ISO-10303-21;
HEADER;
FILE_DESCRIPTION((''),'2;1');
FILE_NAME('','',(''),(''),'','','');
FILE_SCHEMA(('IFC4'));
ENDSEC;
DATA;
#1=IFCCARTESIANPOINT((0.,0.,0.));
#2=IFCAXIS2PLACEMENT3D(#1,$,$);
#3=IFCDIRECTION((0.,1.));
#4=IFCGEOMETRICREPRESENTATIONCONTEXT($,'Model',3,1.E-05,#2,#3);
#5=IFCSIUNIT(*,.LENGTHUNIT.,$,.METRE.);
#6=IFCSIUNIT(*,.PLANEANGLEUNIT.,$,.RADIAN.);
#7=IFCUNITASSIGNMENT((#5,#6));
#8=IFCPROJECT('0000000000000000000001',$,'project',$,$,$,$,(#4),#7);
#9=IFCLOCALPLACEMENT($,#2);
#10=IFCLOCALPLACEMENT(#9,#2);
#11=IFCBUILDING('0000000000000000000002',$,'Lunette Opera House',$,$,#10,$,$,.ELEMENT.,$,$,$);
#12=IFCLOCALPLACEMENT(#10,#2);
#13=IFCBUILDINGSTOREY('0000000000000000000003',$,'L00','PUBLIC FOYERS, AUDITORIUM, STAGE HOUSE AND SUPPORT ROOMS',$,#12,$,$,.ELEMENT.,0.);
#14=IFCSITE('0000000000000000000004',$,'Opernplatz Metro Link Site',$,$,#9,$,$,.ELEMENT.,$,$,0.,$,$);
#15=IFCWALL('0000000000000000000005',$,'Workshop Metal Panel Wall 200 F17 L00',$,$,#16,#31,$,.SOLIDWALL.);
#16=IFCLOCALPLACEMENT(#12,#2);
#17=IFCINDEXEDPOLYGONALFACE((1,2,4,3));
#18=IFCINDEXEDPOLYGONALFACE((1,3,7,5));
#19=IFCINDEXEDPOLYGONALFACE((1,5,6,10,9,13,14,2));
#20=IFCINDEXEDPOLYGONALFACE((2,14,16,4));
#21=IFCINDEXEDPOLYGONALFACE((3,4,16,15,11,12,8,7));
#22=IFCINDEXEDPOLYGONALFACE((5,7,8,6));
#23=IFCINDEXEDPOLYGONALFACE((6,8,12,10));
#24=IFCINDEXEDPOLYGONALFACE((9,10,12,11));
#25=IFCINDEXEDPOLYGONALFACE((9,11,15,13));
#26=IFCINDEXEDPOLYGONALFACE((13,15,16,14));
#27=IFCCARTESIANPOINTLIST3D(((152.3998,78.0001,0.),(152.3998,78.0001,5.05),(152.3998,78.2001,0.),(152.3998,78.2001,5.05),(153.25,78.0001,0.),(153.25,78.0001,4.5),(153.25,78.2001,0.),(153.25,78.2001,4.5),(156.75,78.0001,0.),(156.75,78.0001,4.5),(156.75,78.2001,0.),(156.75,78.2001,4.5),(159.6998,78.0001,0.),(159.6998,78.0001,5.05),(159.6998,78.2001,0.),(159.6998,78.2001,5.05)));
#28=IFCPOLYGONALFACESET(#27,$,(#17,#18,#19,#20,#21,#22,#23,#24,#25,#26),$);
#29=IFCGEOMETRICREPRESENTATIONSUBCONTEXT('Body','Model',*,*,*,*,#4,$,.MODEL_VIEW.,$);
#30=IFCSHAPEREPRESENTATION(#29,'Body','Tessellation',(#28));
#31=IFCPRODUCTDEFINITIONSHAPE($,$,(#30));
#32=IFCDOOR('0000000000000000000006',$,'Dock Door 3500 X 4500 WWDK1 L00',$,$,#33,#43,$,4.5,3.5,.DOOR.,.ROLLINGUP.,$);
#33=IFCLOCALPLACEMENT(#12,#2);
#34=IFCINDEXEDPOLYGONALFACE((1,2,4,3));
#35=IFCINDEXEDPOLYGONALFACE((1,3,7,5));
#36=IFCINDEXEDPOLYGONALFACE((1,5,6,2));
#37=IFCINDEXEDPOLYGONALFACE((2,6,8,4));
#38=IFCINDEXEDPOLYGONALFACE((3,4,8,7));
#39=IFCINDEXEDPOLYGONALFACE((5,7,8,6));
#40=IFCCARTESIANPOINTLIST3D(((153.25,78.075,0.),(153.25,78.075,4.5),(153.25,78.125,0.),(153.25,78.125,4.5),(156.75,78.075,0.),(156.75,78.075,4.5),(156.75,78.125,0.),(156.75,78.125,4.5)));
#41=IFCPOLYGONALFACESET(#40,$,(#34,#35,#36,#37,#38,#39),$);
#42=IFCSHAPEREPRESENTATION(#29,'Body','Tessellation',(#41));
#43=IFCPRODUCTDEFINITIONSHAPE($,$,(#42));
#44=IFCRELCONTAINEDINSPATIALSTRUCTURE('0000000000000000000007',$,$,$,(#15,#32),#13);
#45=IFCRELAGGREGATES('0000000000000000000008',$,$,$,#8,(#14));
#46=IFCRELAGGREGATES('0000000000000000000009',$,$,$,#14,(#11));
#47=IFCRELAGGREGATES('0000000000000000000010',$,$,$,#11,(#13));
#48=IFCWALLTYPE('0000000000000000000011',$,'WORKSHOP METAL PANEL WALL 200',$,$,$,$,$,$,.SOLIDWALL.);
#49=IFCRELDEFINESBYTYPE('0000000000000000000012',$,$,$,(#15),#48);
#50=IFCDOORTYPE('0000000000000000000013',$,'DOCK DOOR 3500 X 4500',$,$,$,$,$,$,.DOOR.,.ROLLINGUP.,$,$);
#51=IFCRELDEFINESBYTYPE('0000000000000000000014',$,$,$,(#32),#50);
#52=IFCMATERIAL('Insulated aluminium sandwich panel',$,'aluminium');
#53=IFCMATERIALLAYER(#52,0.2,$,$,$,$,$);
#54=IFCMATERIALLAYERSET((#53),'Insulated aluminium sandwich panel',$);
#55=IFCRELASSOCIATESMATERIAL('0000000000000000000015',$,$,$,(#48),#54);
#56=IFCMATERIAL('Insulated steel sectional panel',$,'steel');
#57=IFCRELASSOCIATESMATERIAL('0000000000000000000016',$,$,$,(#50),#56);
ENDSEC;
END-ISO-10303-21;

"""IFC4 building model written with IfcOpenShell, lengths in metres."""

from ifc_helpers import new_model, si_unit, direction, frame, frame_2d, origin, place, context, subcontext, project, spatial, rectangle, extrude, material, layer, layer_set, type_object, element, fill, save


model = new_model("IFC4")

# Units and contexts
model_context = context("Model", 3, precision=1e-05, world=origin(), true_north=direction((0.0, 1.0)))
body_context = subcontext(model_context, "Body", "Model", "MODEL_VIEW")
ifc_project = project(units=[si_unit("LENGTHUNIT", "METRE"), si_unit("PLANEANGLEUNIT", "RADIAN")], contexts=[model_context])

# Site, building, storey
site_placement = place(None, origin())
site = spatial("IfcSite", under=ifc_project, at=site_placement, Name="Opernplatz Metro Link Site", CompositionType="ELEMENT", RefElevation=0.0)
building_placement = place(site_placement, origin())
building = spatial("IfcBuilding", under=site, at=building_placement, Name="Lunette Opera House", CompositionType="ELEMENT")
storey_placement = place(building_placement, origin())
storey = spatial("IfcBuildingStorey", under=building, at=storey_placement, Name="L00", Description="PUBLIC FOYERS, AUDITORIUM, STAGE HOUSE AND SUPPORT ROOMS", CompositionType="ELEMENT", Elevation=0.0)

# Wall, opening, door
ifc_material_1 = material(Name="Insulated aluminium sandwich panel", Category="aluminium")
ifc_layer = layer(ifc_material_1, 0.2)
ifc_layer_set = layer_set([ifc_layer], Name="Insulated aluminium sandwich panel")
wall_type = type_object("IfcWallType", Name="WORKSHOP METAL PANEL WALL 200", PredefinedType="SOLIDWALL", material=ifc_layer_set)
wall_1_placement = place(storey_placement, frame((152.3999, 78.1001, 0.0), z_axis=(0.0, 0.0, 1.0), x_axis=(1.0, 0.0, 0.0)))
wall_1 = element("IfcWall", 1, at=wall_1_placement, inside=storey, type_object=wall_type, Name="Workshop Metal Panel Wall 200 F17 L00", PredefinedType="SOLIDWALL", context=body_context, shape_type="SweptSolid", body=[
    extrude(rectangle(XDim=7.3, YDim=0.2, at=frame_2d((3.6499, 0.0))), origin(), (0.0, 0.0, 1.0), 5.05),
])
opening_1_placement = place(wall_1_placement, frame((0.8501, 0.0, 0.0)))
opening_1 = element("IfcOpeningElement", 2, at=opening_1_placement, cuts=wall_1, PredefinedType="OPENING", context=body_context, shape_type="SweptSolid", body=[
    extrude(rectangle(XDim=3.5, YDim=4.5, at=frame_2d((1.75, 2.25))), frame((0.0, 0.1121, 0.0), z_axis=(0.0, -1.0, 0.0), x_axis=(1.0, 0.0, 0.0)), (0.0, 0.0, 1.0), 0.2239),
])
ifc_material_2 = material(Name="Insulated steel sectional panel", Category="steel")
door_type_1 = type_object("IfcDoorType", Name="DOCK DOOR 3500 X 4500", OperationType="ROLLINGUP", PredefinedType="DOOR", material=ifc_material_2)
door_1_placement = place(opening_1_placement, origin())
door_1 = element("IfcDoor", 3, at=door_1_placement, inside=storey, type_object=door_type_1, Name="Dock Door 3500 X 4500 WWDK1 L00", OperationType="ROLLINGUP", OverallHeight=4.5, OverallWidth=3.5, PredefinedType="DOOR", context=body_context, shape_type="SweptSolid", body=[
    extrude(rectangle(XDim=3.5, YDim=4.5, at=frame_2d((1.75, 2.25))), frame((0.0, 0.0249, 0.0), z_axis=(0.0, -1.0, 0.0), x_axis=(1.0, 0.0, 0.0)), (0.0, 0.0, 1.0), 0.05),
])
fill(opening_1, door_1)

save(model, "model.ifc")
